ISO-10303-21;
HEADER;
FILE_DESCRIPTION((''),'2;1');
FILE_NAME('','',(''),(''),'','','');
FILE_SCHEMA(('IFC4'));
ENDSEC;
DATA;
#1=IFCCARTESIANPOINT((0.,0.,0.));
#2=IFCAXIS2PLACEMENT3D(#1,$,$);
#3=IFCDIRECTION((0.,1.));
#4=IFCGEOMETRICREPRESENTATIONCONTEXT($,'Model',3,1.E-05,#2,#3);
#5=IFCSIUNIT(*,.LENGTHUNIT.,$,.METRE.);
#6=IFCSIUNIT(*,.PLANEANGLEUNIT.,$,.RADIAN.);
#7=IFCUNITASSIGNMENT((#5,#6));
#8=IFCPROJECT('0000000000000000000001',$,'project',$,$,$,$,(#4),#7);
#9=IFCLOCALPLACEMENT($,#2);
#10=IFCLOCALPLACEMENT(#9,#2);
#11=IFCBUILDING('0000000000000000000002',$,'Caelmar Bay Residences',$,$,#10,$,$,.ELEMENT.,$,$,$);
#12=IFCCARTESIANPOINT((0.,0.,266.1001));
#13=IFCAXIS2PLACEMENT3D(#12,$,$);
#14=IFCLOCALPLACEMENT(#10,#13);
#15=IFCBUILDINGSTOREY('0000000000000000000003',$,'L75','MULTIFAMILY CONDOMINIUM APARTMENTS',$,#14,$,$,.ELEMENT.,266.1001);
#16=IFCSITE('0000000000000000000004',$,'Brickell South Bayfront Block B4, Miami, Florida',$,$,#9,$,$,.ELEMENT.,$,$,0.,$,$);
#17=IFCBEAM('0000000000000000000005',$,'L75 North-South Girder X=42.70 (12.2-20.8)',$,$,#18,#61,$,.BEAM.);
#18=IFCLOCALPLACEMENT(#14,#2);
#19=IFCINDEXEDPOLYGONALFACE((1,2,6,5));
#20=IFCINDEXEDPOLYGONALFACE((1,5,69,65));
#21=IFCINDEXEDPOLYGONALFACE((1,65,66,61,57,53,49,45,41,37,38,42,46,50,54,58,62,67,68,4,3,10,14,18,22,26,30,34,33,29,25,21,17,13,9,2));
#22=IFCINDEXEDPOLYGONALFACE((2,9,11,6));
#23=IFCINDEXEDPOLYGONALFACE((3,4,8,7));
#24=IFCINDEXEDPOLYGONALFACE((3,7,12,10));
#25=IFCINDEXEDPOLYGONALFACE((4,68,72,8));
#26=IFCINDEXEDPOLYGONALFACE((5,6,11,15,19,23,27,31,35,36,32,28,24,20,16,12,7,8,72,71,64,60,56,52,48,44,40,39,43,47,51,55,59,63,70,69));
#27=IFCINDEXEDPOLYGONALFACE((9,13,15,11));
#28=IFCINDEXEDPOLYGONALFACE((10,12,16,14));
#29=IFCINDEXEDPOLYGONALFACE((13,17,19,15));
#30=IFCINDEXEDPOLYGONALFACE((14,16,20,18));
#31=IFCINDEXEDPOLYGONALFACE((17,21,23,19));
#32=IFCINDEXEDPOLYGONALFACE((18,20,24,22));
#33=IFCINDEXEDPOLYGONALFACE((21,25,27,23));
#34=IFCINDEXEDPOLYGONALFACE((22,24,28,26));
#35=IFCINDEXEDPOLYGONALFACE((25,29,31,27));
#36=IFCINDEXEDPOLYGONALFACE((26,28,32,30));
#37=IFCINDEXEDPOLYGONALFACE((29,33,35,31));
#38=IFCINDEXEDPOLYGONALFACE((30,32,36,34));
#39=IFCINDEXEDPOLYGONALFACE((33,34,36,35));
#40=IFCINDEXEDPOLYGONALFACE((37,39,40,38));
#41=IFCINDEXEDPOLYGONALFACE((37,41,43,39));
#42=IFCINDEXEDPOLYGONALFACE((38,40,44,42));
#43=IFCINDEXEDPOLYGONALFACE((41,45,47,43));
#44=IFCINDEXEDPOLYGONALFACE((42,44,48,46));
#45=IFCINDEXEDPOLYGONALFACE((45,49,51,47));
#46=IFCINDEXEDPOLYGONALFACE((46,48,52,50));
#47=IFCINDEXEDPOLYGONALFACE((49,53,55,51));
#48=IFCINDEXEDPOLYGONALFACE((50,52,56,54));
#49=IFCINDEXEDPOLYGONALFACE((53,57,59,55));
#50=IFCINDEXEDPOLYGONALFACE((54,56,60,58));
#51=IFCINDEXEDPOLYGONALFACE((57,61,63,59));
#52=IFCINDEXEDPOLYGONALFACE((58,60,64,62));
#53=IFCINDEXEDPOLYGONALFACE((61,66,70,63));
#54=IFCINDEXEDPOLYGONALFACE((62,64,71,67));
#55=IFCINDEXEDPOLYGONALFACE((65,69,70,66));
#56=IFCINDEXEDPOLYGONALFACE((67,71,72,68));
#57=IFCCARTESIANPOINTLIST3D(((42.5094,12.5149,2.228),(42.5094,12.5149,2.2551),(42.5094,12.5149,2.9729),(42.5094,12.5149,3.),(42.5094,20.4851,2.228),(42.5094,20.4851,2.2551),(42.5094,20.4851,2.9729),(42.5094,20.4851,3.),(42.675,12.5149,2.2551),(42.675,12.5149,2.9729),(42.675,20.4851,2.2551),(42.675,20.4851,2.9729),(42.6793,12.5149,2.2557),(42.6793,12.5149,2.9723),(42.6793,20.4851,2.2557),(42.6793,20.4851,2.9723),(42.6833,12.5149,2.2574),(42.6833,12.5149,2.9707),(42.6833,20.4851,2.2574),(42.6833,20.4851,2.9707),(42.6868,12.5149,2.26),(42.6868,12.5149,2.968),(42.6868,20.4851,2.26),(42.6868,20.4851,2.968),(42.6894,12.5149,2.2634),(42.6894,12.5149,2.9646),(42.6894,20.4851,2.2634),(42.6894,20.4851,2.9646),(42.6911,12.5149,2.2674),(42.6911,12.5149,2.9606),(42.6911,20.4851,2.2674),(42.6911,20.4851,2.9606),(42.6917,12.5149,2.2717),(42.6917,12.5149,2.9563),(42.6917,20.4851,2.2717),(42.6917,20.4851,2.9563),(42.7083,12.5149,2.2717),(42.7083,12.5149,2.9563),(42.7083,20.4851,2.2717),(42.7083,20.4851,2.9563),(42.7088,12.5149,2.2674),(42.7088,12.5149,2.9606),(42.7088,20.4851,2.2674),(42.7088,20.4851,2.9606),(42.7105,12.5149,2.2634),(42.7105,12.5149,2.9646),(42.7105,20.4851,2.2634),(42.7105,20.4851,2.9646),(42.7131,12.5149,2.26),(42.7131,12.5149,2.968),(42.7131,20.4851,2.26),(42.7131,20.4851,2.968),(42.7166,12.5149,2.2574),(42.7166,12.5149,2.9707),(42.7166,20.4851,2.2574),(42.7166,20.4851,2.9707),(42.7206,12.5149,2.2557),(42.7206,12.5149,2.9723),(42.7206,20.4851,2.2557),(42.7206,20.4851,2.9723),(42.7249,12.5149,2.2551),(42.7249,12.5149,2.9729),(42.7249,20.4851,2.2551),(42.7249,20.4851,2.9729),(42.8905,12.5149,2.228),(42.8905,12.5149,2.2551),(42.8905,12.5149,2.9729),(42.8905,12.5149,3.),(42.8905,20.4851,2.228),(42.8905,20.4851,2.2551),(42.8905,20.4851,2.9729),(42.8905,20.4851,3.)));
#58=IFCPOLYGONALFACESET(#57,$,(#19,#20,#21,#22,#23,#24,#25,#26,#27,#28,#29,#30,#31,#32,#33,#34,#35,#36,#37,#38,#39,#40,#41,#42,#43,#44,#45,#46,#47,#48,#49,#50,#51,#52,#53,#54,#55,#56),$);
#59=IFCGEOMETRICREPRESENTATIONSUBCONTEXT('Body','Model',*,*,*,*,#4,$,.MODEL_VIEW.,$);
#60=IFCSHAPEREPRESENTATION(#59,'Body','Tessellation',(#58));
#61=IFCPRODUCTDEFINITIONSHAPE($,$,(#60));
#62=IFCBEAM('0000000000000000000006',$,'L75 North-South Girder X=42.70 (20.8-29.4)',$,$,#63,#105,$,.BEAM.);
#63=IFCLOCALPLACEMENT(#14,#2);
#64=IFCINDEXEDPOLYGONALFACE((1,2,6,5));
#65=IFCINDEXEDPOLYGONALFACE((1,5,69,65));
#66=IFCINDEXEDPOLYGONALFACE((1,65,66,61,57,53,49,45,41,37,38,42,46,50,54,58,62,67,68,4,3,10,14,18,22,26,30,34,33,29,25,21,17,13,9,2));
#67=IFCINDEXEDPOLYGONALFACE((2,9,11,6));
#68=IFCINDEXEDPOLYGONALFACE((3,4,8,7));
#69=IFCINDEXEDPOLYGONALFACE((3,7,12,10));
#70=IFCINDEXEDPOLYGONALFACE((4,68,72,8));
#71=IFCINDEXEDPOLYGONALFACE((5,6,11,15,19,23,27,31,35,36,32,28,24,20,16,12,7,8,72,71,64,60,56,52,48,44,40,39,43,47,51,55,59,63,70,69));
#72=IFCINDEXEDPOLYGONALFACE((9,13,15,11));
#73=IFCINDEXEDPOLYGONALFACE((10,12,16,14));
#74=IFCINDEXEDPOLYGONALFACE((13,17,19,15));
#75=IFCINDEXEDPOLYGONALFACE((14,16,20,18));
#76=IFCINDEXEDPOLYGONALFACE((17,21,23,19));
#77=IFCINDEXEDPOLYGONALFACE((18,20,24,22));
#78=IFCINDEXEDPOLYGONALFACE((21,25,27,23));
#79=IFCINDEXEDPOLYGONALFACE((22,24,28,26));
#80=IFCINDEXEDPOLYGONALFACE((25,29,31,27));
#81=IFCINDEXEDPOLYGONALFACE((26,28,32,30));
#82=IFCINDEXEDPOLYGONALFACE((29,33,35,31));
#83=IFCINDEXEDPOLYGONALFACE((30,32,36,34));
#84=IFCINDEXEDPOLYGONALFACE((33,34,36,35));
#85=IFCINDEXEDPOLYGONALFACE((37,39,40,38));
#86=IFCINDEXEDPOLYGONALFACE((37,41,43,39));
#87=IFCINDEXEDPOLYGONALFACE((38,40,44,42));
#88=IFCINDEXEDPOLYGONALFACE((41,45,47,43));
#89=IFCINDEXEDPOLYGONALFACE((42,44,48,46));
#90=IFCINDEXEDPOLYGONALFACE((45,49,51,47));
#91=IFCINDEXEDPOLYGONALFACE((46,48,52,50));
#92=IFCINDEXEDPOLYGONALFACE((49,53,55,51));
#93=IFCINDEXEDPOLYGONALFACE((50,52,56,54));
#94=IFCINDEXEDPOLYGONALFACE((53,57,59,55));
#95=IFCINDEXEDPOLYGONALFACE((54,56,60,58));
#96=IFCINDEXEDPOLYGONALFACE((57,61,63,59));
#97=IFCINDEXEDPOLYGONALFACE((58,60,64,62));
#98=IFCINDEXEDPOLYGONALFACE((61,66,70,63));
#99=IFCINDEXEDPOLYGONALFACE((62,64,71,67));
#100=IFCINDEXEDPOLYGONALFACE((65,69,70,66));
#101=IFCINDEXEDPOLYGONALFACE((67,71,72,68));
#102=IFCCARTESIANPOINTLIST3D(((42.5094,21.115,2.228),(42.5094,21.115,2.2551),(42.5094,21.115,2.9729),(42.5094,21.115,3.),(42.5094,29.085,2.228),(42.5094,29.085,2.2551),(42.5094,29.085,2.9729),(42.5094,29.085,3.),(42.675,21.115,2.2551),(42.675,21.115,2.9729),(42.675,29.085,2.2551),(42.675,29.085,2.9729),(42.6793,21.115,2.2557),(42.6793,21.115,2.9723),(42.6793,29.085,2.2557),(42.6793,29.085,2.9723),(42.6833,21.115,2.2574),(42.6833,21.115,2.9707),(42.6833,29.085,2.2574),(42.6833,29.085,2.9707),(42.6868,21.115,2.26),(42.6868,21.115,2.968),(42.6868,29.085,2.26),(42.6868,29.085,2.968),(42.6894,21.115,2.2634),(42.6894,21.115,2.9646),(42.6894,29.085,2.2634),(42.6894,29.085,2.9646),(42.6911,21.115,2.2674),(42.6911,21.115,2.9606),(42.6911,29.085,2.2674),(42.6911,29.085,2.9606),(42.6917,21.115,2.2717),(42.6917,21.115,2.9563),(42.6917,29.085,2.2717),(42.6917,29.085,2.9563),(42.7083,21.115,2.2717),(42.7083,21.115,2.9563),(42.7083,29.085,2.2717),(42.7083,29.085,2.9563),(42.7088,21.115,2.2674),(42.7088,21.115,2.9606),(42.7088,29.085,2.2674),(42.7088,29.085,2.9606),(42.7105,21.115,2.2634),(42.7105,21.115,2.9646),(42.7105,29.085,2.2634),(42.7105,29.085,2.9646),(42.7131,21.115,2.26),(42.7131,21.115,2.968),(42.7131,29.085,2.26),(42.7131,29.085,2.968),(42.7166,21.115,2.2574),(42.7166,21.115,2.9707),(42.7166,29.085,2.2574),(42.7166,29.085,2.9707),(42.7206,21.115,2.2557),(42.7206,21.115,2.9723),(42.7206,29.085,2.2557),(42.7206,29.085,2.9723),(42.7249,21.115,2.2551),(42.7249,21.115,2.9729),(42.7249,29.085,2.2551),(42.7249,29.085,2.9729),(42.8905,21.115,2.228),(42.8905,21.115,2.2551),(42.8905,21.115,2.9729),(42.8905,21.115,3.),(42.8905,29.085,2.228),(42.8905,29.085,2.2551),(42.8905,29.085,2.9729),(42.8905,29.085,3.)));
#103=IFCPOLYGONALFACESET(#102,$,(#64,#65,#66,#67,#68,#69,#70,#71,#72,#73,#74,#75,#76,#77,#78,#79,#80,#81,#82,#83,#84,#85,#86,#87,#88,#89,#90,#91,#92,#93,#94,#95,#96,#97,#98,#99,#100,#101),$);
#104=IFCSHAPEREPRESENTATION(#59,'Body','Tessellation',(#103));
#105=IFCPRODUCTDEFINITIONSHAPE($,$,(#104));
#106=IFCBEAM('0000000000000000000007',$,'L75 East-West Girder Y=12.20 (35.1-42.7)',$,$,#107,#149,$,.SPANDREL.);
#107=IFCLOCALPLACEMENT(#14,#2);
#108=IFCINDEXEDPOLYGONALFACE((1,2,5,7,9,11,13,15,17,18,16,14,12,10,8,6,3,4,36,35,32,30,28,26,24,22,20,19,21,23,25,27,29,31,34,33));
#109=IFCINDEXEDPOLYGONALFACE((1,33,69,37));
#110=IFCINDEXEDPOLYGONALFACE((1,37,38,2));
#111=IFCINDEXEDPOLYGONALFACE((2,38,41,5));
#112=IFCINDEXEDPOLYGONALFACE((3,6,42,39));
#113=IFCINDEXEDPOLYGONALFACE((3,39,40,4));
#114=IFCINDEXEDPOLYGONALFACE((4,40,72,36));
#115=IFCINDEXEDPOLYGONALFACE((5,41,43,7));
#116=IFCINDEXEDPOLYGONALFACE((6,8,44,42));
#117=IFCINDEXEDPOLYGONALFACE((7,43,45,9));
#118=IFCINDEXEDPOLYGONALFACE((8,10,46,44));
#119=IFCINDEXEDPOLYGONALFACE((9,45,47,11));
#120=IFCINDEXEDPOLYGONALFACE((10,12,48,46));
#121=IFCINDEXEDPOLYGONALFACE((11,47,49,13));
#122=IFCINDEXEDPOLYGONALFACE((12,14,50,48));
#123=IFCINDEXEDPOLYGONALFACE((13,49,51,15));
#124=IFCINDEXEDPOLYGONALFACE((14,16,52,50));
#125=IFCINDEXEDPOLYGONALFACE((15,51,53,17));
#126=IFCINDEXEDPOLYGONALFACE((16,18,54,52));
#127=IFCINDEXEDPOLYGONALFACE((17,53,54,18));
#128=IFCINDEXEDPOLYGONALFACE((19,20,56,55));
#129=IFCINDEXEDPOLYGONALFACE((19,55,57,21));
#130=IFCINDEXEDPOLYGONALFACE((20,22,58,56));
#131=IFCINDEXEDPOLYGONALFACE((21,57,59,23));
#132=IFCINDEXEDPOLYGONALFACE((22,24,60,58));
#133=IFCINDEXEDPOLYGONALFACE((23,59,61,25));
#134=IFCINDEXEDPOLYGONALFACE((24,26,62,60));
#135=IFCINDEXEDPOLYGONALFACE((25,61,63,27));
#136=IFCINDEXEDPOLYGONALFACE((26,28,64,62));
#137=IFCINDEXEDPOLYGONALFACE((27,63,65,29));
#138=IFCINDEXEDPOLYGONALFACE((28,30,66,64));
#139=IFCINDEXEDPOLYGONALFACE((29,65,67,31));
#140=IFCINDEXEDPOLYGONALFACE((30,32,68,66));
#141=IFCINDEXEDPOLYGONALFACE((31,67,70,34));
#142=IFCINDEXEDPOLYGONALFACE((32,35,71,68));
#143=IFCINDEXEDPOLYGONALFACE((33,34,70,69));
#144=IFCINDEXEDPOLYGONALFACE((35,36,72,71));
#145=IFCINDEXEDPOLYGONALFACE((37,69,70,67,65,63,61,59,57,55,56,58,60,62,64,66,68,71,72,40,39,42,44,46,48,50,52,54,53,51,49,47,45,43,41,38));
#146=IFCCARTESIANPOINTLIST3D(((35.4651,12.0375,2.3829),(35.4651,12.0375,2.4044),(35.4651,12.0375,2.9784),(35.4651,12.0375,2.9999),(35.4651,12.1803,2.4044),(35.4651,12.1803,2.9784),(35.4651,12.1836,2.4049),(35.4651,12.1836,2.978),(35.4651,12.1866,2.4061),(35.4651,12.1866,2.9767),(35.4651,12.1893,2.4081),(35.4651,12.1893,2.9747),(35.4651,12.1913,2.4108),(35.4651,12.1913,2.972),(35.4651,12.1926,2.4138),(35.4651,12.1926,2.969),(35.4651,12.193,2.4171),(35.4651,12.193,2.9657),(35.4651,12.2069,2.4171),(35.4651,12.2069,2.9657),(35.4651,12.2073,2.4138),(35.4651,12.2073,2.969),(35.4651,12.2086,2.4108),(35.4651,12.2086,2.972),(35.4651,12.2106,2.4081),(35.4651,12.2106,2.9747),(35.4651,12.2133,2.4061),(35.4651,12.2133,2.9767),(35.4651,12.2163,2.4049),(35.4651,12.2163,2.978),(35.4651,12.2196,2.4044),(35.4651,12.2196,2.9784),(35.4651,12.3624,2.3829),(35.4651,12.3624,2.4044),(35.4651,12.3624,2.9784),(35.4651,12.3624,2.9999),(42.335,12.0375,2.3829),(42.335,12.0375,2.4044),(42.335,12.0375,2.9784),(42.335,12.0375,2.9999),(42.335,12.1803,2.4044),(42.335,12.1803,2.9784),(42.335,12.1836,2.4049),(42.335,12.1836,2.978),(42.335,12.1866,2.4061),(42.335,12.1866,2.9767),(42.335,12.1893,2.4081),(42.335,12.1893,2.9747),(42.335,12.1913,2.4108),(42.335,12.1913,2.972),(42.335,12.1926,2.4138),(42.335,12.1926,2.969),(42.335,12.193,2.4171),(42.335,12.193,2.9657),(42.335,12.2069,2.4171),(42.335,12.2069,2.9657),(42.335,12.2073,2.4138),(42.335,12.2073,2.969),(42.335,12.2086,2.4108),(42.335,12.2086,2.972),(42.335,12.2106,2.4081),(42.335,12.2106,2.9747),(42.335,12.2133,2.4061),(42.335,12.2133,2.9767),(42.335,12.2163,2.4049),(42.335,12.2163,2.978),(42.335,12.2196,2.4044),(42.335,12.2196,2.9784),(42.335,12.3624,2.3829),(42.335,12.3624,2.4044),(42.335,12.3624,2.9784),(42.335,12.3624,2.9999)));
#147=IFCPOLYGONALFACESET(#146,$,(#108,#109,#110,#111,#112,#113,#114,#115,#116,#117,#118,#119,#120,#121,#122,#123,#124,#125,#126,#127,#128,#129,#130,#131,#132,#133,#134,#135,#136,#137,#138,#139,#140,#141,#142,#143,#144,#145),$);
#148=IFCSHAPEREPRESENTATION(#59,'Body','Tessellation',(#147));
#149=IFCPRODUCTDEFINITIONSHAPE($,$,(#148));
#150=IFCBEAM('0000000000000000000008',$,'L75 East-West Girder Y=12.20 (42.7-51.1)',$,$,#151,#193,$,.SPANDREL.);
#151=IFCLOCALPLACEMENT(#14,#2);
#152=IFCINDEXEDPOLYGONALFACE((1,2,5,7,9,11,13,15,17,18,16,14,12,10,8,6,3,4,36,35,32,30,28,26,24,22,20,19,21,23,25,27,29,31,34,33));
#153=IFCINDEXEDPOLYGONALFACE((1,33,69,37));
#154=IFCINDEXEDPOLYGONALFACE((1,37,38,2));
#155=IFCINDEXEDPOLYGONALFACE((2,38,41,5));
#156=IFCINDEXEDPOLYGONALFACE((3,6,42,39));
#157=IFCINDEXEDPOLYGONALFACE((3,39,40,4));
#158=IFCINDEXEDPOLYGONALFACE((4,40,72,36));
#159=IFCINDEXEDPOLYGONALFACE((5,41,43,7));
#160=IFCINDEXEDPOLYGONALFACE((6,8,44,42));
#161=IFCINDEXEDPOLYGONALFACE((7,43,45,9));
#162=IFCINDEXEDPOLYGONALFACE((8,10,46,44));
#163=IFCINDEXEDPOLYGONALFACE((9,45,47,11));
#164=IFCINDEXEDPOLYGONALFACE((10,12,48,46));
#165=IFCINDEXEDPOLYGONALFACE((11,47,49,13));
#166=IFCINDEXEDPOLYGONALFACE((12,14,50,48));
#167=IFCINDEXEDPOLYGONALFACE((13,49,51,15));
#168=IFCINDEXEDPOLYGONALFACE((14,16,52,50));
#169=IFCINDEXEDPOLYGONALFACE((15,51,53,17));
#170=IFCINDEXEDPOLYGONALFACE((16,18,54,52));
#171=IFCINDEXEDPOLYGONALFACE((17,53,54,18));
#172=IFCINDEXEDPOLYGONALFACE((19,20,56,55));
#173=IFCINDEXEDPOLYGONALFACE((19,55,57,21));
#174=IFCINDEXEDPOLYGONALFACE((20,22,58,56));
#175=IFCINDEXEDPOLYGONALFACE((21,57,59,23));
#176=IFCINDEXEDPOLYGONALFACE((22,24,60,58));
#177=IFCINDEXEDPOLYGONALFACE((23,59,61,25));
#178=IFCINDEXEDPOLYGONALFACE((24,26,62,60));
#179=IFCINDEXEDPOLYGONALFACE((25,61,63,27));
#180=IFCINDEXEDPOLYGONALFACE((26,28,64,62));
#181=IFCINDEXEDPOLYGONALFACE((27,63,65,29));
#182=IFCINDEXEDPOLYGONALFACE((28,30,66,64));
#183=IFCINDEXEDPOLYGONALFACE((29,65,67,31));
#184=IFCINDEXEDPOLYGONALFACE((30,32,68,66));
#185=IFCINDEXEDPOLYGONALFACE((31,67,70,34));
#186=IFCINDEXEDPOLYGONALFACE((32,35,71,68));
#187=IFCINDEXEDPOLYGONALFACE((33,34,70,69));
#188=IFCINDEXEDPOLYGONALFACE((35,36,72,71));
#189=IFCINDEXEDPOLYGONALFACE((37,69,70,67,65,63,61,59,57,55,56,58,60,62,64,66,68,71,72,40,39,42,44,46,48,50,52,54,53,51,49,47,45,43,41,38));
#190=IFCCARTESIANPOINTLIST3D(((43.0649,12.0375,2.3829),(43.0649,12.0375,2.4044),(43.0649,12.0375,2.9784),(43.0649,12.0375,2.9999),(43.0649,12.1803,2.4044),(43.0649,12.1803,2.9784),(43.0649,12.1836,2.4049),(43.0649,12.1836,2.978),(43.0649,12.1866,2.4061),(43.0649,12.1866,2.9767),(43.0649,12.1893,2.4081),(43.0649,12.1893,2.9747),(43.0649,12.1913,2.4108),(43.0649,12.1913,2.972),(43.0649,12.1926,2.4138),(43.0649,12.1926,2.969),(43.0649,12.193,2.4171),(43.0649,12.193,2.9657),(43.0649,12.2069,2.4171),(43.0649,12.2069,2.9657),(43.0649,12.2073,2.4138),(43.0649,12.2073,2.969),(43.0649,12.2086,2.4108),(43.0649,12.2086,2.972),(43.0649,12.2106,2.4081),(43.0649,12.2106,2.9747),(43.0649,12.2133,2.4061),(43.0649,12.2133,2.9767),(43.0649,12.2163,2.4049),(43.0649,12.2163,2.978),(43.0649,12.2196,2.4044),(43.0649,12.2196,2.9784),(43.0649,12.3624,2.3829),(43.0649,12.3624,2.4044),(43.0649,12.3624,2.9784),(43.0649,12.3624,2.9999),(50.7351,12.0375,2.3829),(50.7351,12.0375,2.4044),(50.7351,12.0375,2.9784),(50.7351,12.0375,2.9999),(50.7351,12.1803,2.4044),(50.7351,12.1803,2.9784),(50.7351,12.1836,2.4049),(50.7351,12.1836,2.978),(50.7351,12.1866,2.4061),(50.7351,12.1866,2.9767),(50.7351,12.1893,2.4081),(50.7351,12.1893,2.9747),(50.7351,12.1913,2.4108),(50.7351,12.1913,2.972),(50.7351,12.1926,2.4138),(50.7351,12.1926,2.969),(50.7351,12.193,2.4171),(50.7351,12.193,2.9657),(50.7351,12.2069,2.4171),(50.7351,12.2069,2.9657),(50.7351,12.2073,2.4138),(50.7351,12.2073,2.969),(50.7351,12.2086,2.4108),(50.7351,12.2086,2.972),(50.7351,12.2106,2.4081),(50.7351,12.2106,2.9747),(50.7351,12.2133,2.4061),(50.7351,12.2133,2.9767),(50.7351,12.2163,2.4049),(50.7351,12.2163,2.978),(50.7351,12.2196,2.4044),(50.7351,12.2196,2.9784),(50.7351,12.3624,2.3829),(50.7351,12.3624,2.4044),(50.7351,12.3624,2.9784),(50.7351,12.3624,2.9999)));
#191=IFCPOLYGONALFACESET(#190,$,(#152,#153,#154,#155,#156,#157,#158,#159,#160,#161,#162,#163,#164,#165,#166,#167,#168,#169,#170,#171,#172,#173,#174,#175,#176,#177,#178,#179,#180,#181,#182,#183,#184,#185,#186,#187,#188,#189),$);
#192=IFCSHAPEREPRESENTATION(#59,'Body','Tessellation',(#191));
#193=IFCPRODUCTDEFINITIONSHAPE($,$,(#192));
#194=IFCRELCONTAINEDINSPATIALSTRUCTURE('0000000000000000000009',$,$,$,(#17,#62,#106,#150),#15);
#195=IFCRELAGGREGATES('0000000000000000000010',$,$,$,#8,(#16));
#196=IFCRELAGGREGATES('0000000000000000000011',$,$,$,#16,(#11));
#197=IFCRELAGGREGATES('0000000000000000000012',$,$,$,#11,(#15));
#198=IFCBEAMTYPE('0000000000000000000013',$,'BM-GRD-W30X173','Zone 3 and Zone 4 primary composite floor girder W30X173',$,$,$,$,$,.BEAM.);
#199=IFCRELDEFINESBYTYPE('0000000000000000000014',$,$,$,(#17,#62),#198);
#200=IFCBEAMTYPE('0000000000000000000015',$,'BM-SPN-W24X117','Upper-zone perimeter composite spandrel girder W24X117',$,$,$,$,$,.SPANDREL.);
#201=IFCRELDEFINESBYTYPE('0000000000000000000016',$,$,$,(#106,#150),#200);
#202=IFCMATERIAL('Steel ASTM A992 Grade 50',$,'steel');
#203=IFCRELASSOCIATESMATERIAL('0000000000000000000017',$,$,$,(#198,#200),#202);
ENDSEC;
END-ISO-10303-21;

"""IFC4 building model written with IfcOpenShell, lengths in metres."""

from ifc_helpers import new_model, si_unit, direction, frame, origin, origin_2d, place, context, subcontext, project, spatial, i_section, extrude, material, material_profile, profile_set, type_object, element, save


model = new_model("IFC4")

# Units and contexts
model_context = context("Model", 3, precision=1e-05, world=origin(), true_north=direction((0.0, 1.0)))
body_context = subcontext(model_context, "Body", "Model", "MODEL_VIEW")
ifc_project = project(units=[si_unit("LENGTHUNIT", "METRE"), si_unit("PLANEANGLEUNIT", "RADIAN")], contexts=[model_context])

# Site, building, storey
site_placement = place(None, origin())
site = spatial("IfcSite", under=ifc_project, at=site_placement, Name="Brickell South Bayfront Block B4, Miami, Florida", CompositionType="ELEMENT", RefElevation=0.0)
building_placement = place(site_placement, origin())
building = spatial("IfcBuilding", under=site, at=building_placement, Name="Caelmar Bay Residences", CompositionType="ELEMENT")
storey_placement = place(building_placement, frame((0.0, 0.0, 266.1001)))
storey = spatial("IfcBuildingStorey", under=building, at=storey_placement, Name="L75", Description="MULTIFAMILY CONDOMINIUM APARTMENTS", CompositionType="ELEMENT", Elevation=266.1001)

# Beams
ifc_material_1 = material(Name="Steel ASTM A992 Grade 50", Category="steel")
ifc_material_profile_1 = material_profile(ifc_material_1, i_section(OverallWidth=0.3811, OverallDepth=0.772, WebThickness=0.0166, FlangeThickness=0.0271, FilletRadius=0.0166, at=origin_2d()), Name="W30X173")
ifc_profile_set_1 = profile_set([ifc_material_profile_1], Name="Steel ASTM A992 Grade 50")
beam_type_1 = type_object("IfcBeamType", Name="BM-GRD-W30X173", Description="Zone 3 and Zone 4 primary composite floor girder W30X173", PredefinedType="BEAM", material=ifc_profile_set_1)
beam_1_placement = place(storey_placement, frame((42.7, 12.5149, 2.614), z_axis=(0.0, 1.0, 0.0), x_axis=(-1.0, 0.0, 0.0)))
element("IfcBeam", 1, at=beam_1_placement, inside=storey, type_object=beam_type_1, Name="L75 North-South Girder X=42.70 (12.2-20.8)", PredefinedType="BEAM", context=body_context, shape_type="SweptSolid", body=[
    extrude(i_section(OverallWidth=0.3811, OverallDepth=0.772, WebThickness=0.0166, FlangeThickness=0.0271, FilletRadius=0.0166, at=origin_2d()), origin(), (0.0, 0.0, 1.0), 7.9702),
])
beam_2_placement = place(storey_placement, frame((42.7, 21.115, 2.614), z_axis=(0.0, 1.0, 0.0), x_axis=(-1.0, 0.0, 0.0)))
element("IfcBeam", 2, at=beam_2_placement, inside=storey, type_object=beam_type_1, Name="L75 North-South Girder X=42.70 (20.8-29.4)", PredefinedType="BEAM", context=body_context, shape_type="SweptSolid", body=[
    extrude(i_section(OverallWidth=0.3811, OverallDepth=0.772, WebThickness=0.0166, FlangeThickness=0.0271, FilletRadius=0.0166, at=origin_2d()), origin(), (0.0, 0.0, 1.0), 7.97),
])
ifc_material_profile_2 = material_profile(ifc_material_1, i_section(OverallWidth=0.325, OverallDepth=0.6169, WebThickness=0.0139, FlangeThickness=0.0215, FilletRadius=0.0127, at=origin_2d()), Name="W24X117")
ifc_profile_set_2 = profile_set([ifc_material_profile_2], Name="Steel ASTM A992 Grade 50")
beam_type_2 = type_object("IfcBeamType", Name="BM-SPN-W24X117", Description="Upper-zone perimeter composite spandrel girder W24X117", PredefinedType="SPANDREL", material=ifc_profile_set_2)
beam_3_placement = place(storey_placement, frame((35.4651, 12.2, 2.6914), z_axis=(1.0, 0.0, 0.0), x_axis=(0.0, 1.0, 0.0)))
element("IfcBeam", 3, at=beam_3_placement, inside=storey, type_object=beam_type_2, Name="L75 East-West Girder Y=12.20 (35.1-42.7)", PredefinedType="SPANDREL", context=body_context, shape_type="SweptSolid", body=[
    extrude(i_section(OverallWidth=0.325, OverallDepth=0.6169, WebThickness=0.0139, FlangeThickness=0.0215, FilletRadius=0.0127, at=origin_2d()), origin(), (0.0, 0.0, 1.0), 6.8699),
])
beam_4_placement = place(storey_placement, frame((43.0649, 12.2, 2.6914), z_axis=(1.0, 0.0, 0.0), x_axis=(0.0, 1.0, 0.0)))
element("IfcBeam", 4, at=beam_4_placement, inside=storey, type_object=beam_type_2, Name="L75 East-West Girder Y=12.20 (42.7-51.1)", PredefinedType="SPANDREL", context=body_context, shape_type="SweptSolid", body=[
    extrude(i_section(OverallWidth=0.325, OverallDepth=0.6169, WebThickness=0.0139, FlangeThickness=0.0215, FilletRadius=0.0127, at=origin_2d()), origin(), (0.0, 0.0, 1.0), 7.6702),
])

save(model, "model.ifc")
